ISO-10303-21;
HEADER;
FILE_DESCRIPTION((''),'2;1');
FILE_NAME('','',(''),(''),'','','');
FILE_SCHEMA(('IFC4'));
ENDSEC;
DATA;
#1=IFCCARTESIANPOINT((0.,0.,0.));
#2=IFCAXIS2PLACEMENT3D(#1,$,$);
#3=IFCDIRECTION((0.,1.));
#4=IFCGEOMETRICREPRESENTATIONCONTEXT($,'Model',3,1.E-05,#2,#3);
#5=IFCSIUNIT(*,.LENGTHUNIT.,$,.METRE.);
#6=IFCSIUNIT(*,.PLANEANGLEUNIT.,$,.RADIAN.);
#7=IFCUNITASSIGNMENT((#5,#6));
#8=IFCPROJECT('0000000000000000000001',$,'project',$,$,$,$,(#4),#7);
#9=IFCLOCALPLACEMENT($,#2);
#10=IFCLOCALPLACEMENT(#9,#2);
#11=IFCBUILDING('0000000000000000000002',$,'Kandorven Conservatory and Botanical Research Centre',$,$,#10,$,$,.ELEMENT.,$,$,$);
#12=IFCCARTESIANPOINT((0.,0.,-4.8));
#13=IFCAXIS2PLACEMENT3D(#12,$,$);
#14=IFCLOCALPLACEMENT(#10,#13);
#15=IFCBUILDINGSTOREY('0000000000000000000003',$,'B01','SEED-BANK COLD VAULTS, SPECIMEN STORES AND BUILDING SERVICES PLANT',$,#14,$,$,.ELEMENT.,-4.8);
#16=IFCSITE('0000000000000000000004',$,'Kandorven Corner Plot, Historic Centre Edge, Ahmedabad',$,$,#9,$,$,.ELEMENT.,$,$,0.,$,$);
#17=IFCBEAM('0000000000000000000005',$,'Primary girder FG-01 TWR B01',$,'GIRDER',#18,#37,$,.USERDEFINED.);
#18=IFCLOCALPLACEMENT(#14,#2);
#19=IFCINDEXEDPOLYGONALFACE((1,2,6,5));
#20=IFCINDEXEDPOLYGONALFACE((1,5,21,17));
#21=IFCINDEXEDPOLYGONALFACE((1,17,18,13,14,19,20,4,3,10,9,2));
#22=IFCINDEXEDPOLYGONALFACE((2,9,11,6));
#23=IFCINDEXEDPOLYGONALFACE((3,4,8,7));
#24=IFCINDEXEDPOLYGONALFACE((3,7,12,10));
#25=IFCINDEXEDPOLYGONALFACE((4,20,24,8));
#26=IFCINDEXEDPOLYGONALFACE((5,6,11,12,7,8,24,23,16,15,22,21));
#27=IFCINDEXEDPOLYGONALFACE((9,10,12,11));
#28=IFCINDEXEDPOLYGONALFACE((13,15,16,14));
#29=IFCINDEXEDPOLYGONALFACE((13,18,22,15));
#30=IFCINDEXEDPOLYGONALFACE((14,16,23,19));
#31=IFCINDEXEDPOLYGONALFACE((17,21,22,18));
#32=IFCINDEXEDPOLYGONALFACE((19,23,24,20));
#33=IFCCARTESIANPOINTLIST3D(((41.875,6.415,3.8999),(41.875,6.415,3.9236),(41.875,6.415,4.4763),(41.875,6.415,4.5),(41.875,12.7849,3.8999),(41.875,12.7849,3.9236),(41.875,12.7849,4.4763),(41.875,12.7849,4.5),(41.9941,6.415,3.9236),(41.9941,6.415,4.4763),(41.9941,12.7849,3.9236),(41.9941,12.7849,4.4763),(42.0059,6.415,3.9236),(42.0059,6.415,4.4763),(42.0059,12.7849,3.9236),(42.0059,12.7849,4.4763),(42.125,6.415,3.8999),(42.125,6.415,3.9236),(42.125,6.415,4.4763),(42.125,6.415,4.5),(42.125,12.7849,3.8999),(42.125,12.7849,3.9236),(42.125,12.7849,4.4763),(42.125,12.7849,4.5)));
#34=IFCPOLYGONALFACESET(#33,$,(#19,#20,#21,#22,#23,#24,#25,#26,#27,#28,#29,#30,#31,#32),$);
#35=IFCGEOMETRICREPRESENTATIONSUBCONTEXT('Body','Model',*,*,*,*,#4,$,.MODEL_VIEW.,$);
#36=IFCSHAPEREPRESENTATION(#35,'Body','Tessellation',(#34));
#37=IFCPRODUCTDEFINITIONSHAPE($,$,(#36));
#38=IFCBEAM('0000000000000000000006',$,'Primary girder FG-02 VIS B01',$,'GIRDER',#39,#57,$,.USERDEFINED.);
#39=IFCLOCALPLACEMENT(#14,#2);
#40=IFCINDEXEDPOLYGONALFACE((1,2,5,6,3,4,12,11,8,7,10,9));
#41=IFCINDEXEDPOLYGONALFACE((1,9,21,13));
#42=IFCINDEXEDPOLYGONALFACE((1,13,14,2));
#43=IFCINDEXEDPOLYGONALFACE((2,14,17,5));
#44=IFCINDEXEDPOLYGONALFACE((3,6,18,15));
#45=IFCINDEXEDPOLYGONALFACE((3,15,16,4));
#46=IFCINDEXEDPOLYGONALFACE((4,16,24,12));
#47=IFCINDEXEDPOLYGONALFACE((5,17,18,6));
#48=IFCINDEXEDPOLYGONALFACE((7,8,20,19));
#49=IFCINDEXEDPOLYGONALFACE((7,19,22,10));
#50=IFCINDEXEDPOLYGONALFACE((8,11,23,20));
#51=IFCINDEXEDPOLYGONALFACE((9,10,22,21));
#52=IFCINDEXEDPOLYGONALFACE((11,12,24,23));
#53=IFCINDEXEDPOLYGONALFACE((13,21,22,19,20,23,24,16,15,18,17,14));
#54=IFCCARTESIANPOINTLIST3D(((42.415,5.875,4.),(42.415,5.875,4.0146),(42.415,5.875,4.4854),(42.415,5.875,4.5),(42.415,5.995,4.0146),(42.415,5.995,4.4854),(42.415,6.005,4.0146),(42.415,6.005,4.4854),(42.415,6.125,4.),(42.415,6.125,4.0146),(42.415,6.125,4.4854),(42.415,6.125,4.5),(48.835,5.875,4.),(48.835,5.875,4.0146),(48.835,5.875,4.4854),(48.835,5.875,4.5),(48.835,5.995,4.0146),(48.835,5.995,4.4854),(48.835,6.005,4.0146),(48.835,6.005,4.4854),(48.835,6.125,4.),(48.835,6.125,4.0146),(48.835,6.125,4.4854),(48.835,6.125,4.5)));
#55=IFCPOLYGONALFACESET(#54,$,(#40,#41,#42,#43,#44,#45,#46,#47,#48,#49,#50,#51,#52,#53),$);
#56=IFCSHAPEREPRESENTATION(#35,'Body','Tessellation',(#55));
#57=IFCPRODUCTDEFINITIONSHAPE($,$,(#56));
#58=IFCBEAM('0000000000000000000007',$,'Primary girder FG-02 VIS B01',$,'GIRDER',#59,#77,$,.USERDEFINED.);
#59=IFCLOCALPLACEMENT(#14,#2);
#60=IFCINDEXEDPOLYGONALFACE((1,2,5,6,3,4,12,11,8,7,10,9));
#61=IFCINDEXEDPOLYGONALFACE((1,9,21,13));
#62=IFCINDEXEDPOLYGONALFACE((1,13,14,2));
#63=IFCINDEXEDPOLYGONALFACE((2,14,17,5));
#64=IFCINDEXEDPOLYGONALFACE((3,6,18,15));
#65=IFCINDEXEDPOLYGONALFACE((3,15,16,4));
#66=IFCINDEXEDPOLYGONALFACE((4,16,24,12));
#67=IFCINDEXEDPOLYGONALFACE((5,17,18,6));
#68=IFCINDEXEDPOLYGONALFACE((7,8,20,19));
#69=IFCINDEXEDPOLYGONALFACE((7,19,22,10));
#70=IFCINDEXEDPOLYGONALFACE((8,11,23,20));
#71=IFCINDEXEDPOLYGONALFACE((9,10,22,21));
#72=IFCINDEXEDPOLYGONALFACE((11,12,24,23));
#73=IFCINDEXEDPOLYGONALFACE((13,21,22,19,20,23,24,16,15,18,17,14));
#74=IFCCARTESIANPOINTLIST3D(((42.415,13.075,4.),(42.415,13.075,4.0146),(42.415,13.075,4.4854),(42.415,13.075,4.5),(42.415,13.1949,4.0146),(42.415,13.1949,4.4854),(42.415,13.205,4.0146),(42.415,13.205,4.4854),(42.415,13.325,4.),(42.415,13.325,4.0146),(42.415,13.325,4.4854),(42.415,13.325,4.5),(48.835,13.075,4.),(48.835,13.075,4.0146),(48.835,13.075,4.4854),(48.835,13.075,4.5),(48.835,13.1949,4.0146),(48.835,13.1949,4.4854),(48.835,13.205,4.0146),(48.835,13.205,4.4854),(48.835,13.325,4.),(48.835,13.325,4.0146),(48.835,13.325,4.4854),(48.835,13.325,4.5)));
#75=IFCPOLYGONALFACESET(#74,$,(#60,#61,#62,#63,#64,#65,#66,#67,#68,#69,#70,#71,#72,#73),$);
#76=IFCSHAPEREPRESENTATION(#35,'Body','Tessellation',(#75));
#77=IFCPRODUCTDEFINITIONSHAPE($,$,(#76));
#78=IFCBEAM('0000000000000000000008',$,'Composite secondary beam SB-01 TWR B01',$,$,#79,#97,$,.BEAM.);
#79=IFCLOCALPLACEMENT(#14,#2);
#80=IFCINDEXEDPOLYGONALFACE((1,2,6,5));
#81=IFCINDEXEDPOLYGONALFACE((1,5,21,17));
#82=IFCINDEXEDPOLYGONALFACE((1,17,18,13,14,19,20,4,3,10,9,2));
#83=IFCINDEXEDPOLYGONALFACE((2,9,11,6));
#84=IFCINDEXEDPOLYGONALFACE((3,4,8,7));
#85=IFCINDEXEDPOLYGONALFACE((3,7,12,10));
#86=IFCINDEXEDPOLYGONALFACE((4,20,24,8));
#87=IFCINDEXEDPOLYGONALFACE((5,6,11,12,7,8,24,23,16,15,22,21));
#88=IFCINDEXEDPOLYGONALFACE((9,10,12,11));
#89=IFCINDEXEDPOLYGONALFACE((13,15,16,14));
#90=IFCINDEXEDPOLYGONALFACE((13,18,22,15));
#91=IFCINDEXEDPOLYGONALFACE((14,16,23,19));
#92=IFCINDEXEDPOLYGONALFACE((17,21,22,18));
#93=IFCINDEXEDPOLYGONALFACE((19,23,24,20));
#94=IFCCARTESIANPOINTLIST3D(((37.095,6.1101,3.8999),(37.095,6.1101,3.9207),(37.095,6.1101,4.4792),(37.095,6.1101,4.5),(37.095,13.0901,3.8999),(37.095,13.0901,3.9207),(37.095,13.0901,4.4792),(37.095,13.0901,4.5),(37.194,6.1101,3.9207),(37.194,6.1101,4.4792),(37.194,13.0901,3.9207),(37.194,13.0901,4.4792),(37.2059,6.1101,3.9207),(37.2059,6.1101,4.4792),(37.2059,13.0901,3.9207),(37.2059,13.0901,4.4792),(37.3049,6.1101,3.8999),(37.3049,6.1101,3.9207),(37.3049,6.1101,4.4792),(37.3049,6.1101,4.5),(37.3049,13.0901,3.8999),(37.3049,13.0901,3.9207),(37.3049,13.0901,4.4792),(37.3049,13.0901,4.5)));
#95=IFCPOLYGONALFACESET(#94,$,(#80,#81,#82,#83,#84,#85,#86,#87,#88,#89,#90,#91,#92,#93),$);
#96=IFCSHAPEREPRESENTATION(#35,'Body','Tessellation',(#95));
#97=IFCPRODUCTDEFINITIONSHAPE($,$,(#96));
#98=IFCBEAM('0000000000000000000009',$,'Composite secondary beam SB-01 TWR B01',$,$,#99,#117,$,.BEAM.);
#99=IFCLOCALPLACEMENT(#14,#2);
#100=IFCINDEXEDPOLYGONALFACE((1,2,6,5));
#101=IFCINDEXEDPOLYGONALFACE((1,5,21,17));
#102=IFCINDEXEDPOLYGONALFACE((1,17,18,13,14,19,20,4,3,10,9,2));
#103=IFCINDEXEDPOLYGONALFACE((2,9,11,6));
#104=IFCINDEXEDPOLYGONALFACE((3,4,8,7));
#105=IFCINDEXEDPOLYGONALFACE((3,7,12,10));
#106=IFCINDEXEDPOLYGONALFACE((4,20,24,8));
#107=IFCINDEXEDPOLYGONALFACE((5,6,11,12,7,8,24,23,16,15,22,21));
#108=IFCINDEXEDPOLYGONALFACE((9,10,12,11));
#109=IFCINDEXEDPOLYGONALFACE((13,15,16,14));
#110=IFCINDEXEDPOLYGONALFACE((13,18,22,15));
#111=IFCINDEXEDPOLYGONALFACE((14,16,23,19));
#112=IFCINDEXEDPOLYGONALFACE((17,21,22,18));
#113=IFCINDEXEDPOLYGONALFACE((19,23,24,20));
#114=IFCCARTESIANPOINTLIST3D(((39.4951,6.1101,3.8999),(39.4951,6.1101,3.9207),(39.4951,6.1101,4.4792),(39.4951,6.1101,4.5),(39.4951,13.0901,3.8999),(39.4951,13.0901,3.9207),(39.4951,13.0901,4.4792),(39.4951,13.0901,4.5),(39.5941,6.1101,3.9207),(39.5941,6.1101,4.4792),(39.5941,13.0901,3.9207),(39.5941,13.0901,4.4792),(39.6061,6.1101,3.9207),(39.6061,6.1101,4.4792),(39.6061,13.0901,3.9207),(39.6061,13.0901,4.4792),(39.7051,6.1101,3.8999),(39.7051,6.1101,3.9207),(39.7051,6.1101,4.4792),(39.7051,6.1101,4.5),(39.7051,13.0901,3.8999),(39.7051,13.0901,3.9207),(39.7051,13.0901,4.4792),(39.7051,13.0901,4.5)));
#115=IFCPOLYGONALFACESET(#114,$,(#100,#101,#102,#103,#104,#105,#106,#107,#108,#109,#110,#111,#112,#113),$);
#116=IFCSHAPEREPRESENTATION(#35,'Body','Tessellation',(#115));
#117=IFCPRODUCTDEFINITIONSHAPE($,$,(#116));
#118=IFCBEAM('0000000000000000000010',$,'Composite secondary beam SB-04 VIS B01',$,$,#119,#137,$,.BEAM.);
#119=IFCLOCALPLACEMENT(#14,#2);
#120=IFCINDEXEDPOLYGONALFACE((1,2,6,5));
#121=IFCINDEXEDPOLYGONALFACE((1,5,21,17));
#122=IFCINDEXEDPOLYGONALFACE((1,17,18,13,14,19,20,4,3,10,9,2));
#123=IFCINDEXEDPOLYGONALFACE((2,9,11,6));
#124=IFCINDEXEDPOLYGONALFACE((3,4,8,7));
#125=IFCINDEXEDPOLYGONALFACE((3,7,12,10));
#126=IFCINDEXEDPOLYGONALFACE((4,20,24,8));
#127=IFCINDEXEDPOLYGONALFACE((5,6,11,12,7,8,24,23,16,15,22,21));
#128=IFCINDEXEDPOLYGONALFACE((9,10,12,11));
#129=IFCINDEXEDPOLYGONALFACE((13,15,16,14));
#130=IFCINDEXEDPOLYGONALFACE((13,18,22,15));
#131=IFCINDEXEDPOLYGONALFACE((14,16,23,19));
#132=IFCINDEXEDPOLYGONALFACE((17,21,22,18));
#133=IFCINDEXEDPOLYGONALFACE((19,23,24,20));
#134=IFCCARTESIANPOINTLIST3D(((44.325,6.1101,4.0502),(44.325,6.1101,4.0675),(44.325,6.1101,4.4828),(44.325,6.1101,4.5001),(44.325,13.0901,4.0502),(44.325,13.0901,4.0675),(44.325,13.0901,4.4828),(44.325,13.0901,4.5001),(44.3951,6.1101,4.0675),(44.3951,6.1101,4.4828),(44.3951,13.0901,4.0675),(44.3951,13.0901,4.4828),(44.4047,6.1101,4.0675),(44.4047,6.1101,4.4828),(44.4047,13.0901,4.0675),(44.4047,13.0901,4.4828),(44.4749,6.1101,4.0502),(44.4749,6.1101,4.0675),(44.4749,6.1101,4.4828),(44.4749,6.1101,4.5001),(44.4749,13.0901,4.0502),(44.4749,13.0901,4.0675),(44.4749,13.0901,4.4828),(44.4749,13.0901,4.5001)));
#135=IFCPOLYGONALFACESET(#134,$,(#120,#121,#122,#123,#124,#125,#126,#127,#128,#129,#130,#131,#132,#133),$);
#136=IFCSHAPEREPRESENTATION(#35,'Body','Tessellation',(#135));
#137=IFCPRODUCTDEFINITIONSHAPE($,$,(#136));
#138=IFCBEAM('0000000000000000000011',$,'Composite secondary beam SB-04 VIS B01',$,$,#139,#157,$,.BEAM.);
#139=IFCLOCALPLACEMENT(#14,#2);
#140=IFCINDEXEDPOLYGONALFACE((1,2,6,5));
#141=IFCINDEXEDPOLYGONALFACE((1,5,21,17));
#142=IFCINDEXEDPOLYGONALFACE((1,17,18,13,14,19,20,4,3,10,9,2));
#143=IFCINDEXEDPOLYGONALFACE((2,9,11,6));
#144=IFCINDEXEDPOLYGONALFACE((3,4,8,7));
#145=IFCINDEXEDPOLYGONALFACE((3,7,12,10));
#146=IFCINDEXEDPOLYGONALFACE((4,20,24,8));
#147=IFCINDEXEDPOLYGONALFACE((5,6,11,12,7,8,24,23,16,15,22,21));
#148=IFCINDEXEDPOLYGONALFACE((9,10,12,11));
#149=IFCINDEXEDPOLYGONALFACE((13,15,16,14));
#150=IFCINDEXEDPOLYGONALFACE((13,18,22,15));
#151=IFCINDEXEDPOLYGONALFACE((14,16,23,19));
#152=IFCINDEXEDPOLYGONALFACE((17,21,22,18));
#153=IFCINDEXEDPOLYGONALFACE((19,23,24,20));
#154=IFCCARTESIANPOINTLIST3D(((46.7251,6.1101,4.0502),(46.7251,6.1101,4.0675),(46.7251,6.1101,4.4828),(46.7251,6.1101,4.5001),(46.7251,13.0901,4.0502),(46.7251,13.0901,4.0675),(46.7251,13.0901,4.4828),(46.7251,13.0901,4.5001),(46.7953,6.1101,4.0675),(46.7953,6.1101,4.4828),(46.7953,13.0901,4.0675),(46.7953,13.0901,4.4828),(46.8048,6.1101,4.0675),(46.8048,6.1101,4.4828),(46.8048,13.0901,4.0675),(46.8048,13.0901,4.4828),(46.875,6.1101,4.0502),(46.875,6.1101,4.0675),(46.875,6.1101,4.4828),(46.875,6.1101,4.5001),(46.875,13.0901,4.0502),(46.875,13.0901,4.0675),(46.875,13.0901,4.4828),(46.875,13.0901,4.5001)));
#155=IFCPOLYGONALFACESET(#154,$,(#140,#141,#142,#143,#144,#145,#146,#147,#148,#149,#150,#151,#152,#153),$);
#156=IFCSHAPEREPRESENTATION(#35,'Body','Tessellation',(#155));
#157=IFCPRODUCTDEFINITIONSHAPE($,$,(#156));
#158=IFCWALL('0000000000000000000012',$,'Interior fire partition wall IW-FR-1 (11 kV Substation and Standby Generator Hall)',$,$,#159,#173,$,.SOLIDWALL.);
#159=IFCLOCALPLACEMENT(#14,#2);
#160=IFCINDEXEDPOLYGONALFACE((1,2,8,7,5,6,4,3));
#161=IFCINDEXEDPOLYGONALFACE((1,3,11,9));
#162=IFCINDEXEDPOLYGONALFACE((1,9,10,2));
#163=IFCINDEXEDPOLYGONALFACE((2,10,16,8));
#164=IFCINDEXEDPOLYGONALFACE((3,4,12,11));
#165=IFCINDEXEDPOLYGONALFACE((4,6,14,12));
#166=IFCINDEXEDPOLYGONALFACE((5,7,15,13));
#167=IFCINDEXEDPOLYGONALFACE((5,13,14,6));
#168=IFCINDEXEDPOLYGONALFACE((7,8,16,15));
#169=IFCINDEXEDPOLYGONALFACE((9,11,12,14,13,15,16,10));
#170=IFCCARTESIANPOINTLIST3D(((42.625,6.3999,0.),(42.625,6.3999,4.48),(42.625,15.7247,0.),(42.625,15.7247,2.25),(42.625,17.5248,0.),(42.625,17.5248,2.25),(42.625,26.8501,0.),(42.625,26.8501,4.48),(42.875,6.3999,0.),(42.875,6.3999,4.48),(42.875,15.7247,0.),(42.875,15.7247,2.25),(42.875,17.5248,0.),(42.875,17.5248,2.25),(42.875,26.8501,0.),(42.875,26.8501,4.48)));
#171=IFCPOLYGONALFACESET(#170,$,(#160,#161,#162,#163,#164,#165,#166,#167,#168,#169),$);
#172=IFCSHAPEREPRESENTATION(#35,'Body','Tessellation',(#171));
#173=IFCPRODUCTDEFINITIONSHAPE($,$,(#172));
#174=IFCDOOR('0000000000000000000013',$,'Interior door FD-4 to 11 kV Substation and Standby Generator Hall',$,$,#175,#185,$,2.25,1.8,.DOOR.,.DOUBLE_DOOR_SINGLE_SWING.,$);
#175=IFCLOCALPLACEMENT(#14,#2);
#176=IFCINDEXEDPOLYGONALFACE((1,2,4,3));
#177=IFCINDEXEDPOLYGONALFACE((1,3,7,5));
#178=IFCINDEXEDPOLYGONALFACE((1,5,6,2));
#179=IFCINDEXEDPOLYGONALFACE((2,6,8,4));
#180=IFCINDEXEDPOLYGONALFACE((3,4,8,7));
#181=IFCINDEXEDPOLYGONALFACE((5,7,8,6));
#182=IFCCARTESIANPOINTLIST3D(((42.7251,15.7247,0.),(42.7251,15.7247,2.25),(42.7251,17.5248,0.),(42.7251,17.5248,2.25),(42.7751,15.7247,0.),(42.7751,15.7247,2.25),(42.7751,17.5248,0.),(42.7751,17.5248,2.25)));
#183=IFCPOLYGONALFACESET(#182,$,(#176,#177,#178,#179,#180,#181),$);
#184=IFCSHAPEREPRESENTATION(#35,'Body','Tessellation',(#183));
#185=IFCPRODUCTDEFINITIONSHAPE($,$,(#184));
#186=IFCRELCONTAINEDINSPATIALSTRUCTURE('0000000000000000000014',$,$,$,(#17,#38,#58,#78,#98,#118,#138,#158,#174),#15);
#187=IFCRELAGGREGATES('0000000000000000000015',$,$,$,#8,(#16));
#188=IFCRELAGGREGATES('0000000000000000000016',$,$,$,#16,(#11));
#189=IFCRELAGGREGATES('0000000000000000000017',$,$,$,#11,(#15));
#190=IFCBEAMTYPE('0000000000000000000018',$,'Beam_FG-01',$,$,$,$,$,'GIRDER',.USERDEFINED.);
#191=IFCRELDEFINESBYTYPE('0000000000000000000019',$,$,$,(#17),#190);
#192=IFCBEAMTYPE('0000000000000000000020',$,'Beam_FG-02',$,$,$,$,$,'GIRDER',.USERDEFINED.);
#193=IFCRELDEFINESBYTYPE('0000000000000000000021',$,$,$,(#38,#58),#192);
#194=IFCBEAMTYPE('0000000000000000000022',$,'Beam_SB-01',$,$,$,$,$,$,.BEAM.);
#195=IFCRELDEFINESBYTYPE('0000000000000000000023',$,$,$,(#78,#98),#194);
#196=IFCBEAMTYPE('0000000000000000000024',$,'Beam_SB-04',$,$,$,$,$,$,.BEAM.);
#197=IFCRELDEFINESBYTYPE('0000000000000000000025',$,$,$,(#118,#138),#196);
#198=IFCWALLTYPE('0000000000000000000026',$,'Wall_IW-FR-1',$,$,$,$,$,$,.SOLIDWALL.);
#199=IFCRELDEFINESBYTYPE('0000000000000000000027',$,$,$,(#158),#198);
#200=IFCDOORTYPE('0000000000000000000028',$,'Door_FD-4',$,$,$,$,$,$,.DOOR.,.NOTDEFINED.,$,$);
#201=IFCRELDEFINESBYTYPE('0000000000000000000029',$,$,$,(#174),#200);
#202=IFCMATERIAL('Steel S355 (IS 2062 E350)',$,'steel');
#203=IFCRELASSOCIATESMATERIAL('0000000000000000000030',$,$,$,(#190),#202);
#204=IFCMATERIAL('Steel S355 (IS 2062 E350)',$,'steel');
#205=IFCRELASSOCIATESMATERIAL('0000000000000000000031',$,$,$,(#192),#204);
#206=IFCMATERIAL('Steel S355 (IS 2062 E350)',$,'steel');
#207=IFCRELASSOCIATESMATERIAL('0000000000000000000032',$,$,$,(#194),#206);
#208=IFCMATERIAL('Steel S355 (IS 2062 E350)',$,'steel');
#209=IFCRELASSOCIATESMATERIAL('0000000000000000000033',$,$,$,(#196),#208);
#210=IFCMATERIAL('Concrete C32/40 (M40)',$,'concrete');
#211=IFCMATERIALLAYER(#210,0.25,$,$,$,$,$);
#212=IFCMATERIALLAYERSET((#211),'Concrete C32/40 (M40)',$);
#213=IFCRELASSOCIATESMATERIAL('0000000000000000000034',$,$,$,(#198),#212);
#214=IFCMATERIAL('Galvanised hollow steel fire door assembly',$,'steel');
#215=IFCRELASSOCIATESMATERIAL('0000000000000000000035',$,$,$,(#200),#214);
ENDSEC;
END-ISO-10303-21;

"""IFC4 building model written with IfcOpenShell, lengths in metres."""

from ifc_helpers import new_model, si_unit, direction, frame, frame_2d, origin, origin_2d, place, context, subcontext, project, spatial, rectangle, i_section, extrude, material, layer, layer_set, material_profile, profile_set, type_object, element, fill, save


model = new_model("IFC4")

# Units and contexts
model_context = context("Model", 3, precision=1e-05, world=origin(), true_north=direction((0.0, 1.0)))
body_context = subcontext(model_context, "Body", "Model", "MODEL_VIEW")
ifc_project = project(units=[si_unit("LENGTHUNIT", "METRE"), si_unit("PLANEANGLEUNIT", "RADIAN")], contexts=[model_context])

# Site, building, storey
site_placement = place(None, origin())
site = spatial("IfcSite", under=ifc_project, at=site_placement, Name="Kandorven Corner Plot, Historic Centre Edge, Ahmedabad", CompositionType="ELEMENT", RefElevation=0.0)
building_placement = place(site_placement, origin())
building = spatial("IfcBuilding", under=site, at=building_placement, Name="Kandorven Conservatory and Botanical Research Centre", CompositionType="ELEMENT")
storey_placement = place(building_placement, frame((0.0, 0.0, -4.8)))
storey = spatial("IfcBuildingStorey", under=building, at=storey_placement, Name="B01", Description="SEED-BANK COLD VAULTS, SPECIMEN STORES AND BUILDING SERVICES PLANT", CompositionType="ELEMENT", Elevation=-4.8)

# Beams
ifc_material_1 = material(Name="Steel S355 (IS 2062 E350)", Category="steel")
ifc_material_profile_1 = material_profile(ifc_material_1, i_section(OverallWidth=0.25, OverallDepth=0.6001, WebThickness=0.0117, FlangeThickness=0.0237, at=origin_2d()))
ifc_profile_set_1 = profile_set([ifc_material_profile_1], Name="Steel S355 (IS 2062 E350)")
beam_type_1 = type_object("IfcBeamType", Name="Beam_FG-01", ElementType="GIRDER", PredefinedType="USERDEFINED", material=ifc_profile_set_1)
beam_1_placement = place(storey_placement, frame((42.0, 6.415, 4.2), z_axis=(0.0, 1.0, 0.0), x_axis=(-1.0, 0.0, 0.0)))
element("IfcBeam", 1, at=beam_1_placement, inside=storey, type_object=beam_type_1, Name="Primary girder FG-01 TWR B01", ObjectType="GIRDER", PredefinedType="USERDEFINED", context=body_context, shape_type="SweptSolid", body=[
    extrude(i_section(OverallWidth=0.25, OverallDepth=0.6001, WebThickness=0.0117, FlangeThickness=0.0237, at=origin_2d()), origin(), (0.0, 0.0, 1.0), 6.3699),
])
ifc_material_2 = material(Name="Steel S355 (IS 2062 E350)", Category="steel")
ifc_material_profile_2 = material_profile(ifc_material_2, i_section(OverallWidth=0.25, OverallDepth=0.5, WebThickness=0.01, FlangeThickness=0.0146, at=origin_2d()))
ifc_profile_set_2 = profile_set([ifc_material_profile_2], Name="Steel S355 (IS 2062 E350)")
beam_type_2 = type_object("IfcBeamType", Name="Beam_FG-02", ElementType="GIRDER", PredefinedType="USERDEFINED", material=ifc_profile_set_2)
for number, where, z_axis, x_axis, name in (
    (2, (42.415, 6.0, 4.25), (1.0, 0.0, 0.0), (0.0, 1.0, 0.0), "Primary girder FG-02 VIS B01"),
    (3, (42.415, 13.2, 4.25), (1.0, 0.0, 0.0), (0.0, 1.0, 0.0), "Primary girder FG-02 VIS B01"),
):
    element("IfcBeam", number, at=place(storey_placement, frame(where, z_axis=z_axis, x_axis=x_axis)), inside=storey, type_object=beam_type_2, Name=name, ObjectType="GIRDER", PredefinedType="USERDEFINED", context=body_context, shape_type="SweptSolid", body=[
        extrude(i_section(OverallWidth=0.25, OverallDepth=0.5, WebThickness=0.01, FlangeThickness=0.0146, at=origin_2d()), origin(), (0.0, 0.0, 1.0), 6.4199),
    ])
ifc_material_3 = material(Name="Steel S355 (IS 2062 E350)", Category="steel")
ifc_material_profile_3 = material_profile(ifc_material_3, i_section(OverallWidth=0.21, OverallDepth=0.6001, WebThickness=0.012, FlangeThickness=0.0208, at=origin_2d()))
ifc_profile_set_3 = profile_set([ifc_material_profile_3], Name="Steel S355 (IS 2062 E350)")
beam_type_3 = type_object("IfcBeamType", Name="Beam_SB-01", PredefinedType="BEAM", material=ifc_profile_set_3)
for number, where, z_axis, x_axis, name in (
    (4, (37.2, 6.1101, 4.2), (0.0, 1.0, 0.0), (-1.0, 0.0, 0.0), "Composite secondary beam SB-01 TWR B01"),
    (5, (39.6001, 6.1101, 4.2), (0.0, 1.0, 0.0), (-1.0, 0.0, 0.0), "Composite secondary beam SB-01 TWR B01"),
):
    element("IfcBeam", number, at=place(storey_placement, frame(where, z_axis=z_axis, x_axis=x_axis)), inside=storey, type_object=beam_type_3, Name=name, PredefinedType="BEAM", context=body_context, shape_type="SweptSolid", body=[
        extrude(i_section(OverallWidth=0.21, OverallDepth=0.6001, WebThickness=0.012, FlangeThickness=0.0208, at=origin_2d()), origin(), (0.0, 0.0, 1.0), 6.98),
    ])
ifc_material_4 = material(Name="Steel S355 (IS 2062 E350)", Category="steel")
ifc_material_profile_4 = material_profile(ifc_material_4, i_section(OverallWidth=0.1499, OverallDepth=0.45, WebThickness=0.0095, FlangeThickness=0.0173, at=origin_2d()))
ifc_profile_set_4 = profile_set([ifc_material_profile_4], Name="Steel S355 (IS 2062 E350)")
beam_type_4 = type_object("IfcBeamType", Name="Beam_SB-04", PredefinedType="BEAM", material=ifc_profile_set_4)
for number, where, z_axis, x_axis, name in (
    (6, (44.3999, 6.1101, 4.2751), (0.0, 1.0, 0.0), (-1.0, 0.0, 0.0), "Composite secondary beam SB-04 VIS B01"),
    (7, (46.8, 6.1101, 4.2751), (0.0, 1.0, 0.0), (-1.0, 0.0, 0.0), "Composite secondary beam SB-04 VIS B01"),
):
    element("IfcBeam", number, at=place(storey_placement, frame(where, z_axis=z_axis, x_axis=x_axis)), inside=storey, type_object=beam_type_4, Name=name, PredefinedType="BEAM", context=body_context, shape_type="SweptSolid", body=[
        extrude(i_section(OverallWidth=0.1499, OverallDepth=0.45, WebThickness=0.0095, FlangeThickness=0.0173, at=origin_2d()), origin(), (0.0, 0.0, 1.0), 6.98),
    ])

# Wall, opening, door
ifc_material_5 = material(Name="Concrete C32/40 (M40)", Category="concrete")
ifc_layer_1 = layer(ifc_material_5, 0.25)
ifc_layer_set_1 = layer_set([ifc_layer_1], Name="Concrete C32/40 (M40)")
wall_type_1 = type_object("IfcWallType", Name="Wall_IW-FR-1", PredefinedType="SOLIDWALL", material=ifc_layer_set_1)
wall_1_placement = place(storey_placement, frame((42.75, 6.3999, 0.0), z_axis=(0.0, 0.0, 1.0), x_axis=(0.0, 1.0, 0.0)))
wall_1 = element("IfcWall", 8, at=wall_1_placement, inside=storey, type_object=wall_type_1, Name="Interior fire partition wall IW-FR-1 (11 kV Substation and Standby Generator Hall)", PredefinedType="SOLIDWALL", context=body_context, shape_type="SweptSolid", body=[
    extrude(rectangle(XDim=20.4502, YDim=0.25, at=frame_2d((10.2251, 0.0))), origin(), (0.0, 0.0, 1.0), 4.48),
])
opening_placement = place(wall_1_placement, frame((9.325, 0.0, 0.0)))
opening = element("IfcOpeningElement", 9, at=opening_placement, cuts=wall_1, PredefinedType="OPENING", context=body_context, shape_type="SweptSolid", body=[
    extrude(rectangle(XDim=1.8, YDim=2.25, at=frame_2d((0.8999, 1.125))), frame((0.0, 0.135, 0.0), z_axis=(0.0, -1.0, 0.0), x_axis=(1.0, 0.0, 0.0)), (0.0, 0.0, 1.0), 0.27),
])
ifc_material_6 = material(Name="Galvanised hollow steel fire door assembly", Category="steel")
door_type = type_object("IfcDoorType", Name="Door_FD-4", OperationType="NOTDEFINED", PredefinedType="DOOR", material=ifc_material_6)
door_placement = place(opening_placement, origin())
door = element("IfcDoor", 10, at=door_placement, inside=storey, type_object=door_type, Name="Interior door FD-4 to 11 kV Substation and Standby Generator Hall", OperationType="DOUBLE_DOOR_SINGLE_SWING", OverallHeight=2.25, OverallWidth=1.8, PredefinedType="DOOR", context=body_context, shape_type="SweptSolid", body=[
    extrude(rectangle(XDim=1.8, YDim=2.25, at=frame_2d((0.8999, 1.125))), frame((0.0, 0.0249, 0.0), z_axis=(0.0, -1.0, 0.0), x_axis=(1.0, 0.0, 0.0)), (0.0, 0.0, 1.0), 0.05),
])
fill(opening, door)

save(model, "model.ifc")
